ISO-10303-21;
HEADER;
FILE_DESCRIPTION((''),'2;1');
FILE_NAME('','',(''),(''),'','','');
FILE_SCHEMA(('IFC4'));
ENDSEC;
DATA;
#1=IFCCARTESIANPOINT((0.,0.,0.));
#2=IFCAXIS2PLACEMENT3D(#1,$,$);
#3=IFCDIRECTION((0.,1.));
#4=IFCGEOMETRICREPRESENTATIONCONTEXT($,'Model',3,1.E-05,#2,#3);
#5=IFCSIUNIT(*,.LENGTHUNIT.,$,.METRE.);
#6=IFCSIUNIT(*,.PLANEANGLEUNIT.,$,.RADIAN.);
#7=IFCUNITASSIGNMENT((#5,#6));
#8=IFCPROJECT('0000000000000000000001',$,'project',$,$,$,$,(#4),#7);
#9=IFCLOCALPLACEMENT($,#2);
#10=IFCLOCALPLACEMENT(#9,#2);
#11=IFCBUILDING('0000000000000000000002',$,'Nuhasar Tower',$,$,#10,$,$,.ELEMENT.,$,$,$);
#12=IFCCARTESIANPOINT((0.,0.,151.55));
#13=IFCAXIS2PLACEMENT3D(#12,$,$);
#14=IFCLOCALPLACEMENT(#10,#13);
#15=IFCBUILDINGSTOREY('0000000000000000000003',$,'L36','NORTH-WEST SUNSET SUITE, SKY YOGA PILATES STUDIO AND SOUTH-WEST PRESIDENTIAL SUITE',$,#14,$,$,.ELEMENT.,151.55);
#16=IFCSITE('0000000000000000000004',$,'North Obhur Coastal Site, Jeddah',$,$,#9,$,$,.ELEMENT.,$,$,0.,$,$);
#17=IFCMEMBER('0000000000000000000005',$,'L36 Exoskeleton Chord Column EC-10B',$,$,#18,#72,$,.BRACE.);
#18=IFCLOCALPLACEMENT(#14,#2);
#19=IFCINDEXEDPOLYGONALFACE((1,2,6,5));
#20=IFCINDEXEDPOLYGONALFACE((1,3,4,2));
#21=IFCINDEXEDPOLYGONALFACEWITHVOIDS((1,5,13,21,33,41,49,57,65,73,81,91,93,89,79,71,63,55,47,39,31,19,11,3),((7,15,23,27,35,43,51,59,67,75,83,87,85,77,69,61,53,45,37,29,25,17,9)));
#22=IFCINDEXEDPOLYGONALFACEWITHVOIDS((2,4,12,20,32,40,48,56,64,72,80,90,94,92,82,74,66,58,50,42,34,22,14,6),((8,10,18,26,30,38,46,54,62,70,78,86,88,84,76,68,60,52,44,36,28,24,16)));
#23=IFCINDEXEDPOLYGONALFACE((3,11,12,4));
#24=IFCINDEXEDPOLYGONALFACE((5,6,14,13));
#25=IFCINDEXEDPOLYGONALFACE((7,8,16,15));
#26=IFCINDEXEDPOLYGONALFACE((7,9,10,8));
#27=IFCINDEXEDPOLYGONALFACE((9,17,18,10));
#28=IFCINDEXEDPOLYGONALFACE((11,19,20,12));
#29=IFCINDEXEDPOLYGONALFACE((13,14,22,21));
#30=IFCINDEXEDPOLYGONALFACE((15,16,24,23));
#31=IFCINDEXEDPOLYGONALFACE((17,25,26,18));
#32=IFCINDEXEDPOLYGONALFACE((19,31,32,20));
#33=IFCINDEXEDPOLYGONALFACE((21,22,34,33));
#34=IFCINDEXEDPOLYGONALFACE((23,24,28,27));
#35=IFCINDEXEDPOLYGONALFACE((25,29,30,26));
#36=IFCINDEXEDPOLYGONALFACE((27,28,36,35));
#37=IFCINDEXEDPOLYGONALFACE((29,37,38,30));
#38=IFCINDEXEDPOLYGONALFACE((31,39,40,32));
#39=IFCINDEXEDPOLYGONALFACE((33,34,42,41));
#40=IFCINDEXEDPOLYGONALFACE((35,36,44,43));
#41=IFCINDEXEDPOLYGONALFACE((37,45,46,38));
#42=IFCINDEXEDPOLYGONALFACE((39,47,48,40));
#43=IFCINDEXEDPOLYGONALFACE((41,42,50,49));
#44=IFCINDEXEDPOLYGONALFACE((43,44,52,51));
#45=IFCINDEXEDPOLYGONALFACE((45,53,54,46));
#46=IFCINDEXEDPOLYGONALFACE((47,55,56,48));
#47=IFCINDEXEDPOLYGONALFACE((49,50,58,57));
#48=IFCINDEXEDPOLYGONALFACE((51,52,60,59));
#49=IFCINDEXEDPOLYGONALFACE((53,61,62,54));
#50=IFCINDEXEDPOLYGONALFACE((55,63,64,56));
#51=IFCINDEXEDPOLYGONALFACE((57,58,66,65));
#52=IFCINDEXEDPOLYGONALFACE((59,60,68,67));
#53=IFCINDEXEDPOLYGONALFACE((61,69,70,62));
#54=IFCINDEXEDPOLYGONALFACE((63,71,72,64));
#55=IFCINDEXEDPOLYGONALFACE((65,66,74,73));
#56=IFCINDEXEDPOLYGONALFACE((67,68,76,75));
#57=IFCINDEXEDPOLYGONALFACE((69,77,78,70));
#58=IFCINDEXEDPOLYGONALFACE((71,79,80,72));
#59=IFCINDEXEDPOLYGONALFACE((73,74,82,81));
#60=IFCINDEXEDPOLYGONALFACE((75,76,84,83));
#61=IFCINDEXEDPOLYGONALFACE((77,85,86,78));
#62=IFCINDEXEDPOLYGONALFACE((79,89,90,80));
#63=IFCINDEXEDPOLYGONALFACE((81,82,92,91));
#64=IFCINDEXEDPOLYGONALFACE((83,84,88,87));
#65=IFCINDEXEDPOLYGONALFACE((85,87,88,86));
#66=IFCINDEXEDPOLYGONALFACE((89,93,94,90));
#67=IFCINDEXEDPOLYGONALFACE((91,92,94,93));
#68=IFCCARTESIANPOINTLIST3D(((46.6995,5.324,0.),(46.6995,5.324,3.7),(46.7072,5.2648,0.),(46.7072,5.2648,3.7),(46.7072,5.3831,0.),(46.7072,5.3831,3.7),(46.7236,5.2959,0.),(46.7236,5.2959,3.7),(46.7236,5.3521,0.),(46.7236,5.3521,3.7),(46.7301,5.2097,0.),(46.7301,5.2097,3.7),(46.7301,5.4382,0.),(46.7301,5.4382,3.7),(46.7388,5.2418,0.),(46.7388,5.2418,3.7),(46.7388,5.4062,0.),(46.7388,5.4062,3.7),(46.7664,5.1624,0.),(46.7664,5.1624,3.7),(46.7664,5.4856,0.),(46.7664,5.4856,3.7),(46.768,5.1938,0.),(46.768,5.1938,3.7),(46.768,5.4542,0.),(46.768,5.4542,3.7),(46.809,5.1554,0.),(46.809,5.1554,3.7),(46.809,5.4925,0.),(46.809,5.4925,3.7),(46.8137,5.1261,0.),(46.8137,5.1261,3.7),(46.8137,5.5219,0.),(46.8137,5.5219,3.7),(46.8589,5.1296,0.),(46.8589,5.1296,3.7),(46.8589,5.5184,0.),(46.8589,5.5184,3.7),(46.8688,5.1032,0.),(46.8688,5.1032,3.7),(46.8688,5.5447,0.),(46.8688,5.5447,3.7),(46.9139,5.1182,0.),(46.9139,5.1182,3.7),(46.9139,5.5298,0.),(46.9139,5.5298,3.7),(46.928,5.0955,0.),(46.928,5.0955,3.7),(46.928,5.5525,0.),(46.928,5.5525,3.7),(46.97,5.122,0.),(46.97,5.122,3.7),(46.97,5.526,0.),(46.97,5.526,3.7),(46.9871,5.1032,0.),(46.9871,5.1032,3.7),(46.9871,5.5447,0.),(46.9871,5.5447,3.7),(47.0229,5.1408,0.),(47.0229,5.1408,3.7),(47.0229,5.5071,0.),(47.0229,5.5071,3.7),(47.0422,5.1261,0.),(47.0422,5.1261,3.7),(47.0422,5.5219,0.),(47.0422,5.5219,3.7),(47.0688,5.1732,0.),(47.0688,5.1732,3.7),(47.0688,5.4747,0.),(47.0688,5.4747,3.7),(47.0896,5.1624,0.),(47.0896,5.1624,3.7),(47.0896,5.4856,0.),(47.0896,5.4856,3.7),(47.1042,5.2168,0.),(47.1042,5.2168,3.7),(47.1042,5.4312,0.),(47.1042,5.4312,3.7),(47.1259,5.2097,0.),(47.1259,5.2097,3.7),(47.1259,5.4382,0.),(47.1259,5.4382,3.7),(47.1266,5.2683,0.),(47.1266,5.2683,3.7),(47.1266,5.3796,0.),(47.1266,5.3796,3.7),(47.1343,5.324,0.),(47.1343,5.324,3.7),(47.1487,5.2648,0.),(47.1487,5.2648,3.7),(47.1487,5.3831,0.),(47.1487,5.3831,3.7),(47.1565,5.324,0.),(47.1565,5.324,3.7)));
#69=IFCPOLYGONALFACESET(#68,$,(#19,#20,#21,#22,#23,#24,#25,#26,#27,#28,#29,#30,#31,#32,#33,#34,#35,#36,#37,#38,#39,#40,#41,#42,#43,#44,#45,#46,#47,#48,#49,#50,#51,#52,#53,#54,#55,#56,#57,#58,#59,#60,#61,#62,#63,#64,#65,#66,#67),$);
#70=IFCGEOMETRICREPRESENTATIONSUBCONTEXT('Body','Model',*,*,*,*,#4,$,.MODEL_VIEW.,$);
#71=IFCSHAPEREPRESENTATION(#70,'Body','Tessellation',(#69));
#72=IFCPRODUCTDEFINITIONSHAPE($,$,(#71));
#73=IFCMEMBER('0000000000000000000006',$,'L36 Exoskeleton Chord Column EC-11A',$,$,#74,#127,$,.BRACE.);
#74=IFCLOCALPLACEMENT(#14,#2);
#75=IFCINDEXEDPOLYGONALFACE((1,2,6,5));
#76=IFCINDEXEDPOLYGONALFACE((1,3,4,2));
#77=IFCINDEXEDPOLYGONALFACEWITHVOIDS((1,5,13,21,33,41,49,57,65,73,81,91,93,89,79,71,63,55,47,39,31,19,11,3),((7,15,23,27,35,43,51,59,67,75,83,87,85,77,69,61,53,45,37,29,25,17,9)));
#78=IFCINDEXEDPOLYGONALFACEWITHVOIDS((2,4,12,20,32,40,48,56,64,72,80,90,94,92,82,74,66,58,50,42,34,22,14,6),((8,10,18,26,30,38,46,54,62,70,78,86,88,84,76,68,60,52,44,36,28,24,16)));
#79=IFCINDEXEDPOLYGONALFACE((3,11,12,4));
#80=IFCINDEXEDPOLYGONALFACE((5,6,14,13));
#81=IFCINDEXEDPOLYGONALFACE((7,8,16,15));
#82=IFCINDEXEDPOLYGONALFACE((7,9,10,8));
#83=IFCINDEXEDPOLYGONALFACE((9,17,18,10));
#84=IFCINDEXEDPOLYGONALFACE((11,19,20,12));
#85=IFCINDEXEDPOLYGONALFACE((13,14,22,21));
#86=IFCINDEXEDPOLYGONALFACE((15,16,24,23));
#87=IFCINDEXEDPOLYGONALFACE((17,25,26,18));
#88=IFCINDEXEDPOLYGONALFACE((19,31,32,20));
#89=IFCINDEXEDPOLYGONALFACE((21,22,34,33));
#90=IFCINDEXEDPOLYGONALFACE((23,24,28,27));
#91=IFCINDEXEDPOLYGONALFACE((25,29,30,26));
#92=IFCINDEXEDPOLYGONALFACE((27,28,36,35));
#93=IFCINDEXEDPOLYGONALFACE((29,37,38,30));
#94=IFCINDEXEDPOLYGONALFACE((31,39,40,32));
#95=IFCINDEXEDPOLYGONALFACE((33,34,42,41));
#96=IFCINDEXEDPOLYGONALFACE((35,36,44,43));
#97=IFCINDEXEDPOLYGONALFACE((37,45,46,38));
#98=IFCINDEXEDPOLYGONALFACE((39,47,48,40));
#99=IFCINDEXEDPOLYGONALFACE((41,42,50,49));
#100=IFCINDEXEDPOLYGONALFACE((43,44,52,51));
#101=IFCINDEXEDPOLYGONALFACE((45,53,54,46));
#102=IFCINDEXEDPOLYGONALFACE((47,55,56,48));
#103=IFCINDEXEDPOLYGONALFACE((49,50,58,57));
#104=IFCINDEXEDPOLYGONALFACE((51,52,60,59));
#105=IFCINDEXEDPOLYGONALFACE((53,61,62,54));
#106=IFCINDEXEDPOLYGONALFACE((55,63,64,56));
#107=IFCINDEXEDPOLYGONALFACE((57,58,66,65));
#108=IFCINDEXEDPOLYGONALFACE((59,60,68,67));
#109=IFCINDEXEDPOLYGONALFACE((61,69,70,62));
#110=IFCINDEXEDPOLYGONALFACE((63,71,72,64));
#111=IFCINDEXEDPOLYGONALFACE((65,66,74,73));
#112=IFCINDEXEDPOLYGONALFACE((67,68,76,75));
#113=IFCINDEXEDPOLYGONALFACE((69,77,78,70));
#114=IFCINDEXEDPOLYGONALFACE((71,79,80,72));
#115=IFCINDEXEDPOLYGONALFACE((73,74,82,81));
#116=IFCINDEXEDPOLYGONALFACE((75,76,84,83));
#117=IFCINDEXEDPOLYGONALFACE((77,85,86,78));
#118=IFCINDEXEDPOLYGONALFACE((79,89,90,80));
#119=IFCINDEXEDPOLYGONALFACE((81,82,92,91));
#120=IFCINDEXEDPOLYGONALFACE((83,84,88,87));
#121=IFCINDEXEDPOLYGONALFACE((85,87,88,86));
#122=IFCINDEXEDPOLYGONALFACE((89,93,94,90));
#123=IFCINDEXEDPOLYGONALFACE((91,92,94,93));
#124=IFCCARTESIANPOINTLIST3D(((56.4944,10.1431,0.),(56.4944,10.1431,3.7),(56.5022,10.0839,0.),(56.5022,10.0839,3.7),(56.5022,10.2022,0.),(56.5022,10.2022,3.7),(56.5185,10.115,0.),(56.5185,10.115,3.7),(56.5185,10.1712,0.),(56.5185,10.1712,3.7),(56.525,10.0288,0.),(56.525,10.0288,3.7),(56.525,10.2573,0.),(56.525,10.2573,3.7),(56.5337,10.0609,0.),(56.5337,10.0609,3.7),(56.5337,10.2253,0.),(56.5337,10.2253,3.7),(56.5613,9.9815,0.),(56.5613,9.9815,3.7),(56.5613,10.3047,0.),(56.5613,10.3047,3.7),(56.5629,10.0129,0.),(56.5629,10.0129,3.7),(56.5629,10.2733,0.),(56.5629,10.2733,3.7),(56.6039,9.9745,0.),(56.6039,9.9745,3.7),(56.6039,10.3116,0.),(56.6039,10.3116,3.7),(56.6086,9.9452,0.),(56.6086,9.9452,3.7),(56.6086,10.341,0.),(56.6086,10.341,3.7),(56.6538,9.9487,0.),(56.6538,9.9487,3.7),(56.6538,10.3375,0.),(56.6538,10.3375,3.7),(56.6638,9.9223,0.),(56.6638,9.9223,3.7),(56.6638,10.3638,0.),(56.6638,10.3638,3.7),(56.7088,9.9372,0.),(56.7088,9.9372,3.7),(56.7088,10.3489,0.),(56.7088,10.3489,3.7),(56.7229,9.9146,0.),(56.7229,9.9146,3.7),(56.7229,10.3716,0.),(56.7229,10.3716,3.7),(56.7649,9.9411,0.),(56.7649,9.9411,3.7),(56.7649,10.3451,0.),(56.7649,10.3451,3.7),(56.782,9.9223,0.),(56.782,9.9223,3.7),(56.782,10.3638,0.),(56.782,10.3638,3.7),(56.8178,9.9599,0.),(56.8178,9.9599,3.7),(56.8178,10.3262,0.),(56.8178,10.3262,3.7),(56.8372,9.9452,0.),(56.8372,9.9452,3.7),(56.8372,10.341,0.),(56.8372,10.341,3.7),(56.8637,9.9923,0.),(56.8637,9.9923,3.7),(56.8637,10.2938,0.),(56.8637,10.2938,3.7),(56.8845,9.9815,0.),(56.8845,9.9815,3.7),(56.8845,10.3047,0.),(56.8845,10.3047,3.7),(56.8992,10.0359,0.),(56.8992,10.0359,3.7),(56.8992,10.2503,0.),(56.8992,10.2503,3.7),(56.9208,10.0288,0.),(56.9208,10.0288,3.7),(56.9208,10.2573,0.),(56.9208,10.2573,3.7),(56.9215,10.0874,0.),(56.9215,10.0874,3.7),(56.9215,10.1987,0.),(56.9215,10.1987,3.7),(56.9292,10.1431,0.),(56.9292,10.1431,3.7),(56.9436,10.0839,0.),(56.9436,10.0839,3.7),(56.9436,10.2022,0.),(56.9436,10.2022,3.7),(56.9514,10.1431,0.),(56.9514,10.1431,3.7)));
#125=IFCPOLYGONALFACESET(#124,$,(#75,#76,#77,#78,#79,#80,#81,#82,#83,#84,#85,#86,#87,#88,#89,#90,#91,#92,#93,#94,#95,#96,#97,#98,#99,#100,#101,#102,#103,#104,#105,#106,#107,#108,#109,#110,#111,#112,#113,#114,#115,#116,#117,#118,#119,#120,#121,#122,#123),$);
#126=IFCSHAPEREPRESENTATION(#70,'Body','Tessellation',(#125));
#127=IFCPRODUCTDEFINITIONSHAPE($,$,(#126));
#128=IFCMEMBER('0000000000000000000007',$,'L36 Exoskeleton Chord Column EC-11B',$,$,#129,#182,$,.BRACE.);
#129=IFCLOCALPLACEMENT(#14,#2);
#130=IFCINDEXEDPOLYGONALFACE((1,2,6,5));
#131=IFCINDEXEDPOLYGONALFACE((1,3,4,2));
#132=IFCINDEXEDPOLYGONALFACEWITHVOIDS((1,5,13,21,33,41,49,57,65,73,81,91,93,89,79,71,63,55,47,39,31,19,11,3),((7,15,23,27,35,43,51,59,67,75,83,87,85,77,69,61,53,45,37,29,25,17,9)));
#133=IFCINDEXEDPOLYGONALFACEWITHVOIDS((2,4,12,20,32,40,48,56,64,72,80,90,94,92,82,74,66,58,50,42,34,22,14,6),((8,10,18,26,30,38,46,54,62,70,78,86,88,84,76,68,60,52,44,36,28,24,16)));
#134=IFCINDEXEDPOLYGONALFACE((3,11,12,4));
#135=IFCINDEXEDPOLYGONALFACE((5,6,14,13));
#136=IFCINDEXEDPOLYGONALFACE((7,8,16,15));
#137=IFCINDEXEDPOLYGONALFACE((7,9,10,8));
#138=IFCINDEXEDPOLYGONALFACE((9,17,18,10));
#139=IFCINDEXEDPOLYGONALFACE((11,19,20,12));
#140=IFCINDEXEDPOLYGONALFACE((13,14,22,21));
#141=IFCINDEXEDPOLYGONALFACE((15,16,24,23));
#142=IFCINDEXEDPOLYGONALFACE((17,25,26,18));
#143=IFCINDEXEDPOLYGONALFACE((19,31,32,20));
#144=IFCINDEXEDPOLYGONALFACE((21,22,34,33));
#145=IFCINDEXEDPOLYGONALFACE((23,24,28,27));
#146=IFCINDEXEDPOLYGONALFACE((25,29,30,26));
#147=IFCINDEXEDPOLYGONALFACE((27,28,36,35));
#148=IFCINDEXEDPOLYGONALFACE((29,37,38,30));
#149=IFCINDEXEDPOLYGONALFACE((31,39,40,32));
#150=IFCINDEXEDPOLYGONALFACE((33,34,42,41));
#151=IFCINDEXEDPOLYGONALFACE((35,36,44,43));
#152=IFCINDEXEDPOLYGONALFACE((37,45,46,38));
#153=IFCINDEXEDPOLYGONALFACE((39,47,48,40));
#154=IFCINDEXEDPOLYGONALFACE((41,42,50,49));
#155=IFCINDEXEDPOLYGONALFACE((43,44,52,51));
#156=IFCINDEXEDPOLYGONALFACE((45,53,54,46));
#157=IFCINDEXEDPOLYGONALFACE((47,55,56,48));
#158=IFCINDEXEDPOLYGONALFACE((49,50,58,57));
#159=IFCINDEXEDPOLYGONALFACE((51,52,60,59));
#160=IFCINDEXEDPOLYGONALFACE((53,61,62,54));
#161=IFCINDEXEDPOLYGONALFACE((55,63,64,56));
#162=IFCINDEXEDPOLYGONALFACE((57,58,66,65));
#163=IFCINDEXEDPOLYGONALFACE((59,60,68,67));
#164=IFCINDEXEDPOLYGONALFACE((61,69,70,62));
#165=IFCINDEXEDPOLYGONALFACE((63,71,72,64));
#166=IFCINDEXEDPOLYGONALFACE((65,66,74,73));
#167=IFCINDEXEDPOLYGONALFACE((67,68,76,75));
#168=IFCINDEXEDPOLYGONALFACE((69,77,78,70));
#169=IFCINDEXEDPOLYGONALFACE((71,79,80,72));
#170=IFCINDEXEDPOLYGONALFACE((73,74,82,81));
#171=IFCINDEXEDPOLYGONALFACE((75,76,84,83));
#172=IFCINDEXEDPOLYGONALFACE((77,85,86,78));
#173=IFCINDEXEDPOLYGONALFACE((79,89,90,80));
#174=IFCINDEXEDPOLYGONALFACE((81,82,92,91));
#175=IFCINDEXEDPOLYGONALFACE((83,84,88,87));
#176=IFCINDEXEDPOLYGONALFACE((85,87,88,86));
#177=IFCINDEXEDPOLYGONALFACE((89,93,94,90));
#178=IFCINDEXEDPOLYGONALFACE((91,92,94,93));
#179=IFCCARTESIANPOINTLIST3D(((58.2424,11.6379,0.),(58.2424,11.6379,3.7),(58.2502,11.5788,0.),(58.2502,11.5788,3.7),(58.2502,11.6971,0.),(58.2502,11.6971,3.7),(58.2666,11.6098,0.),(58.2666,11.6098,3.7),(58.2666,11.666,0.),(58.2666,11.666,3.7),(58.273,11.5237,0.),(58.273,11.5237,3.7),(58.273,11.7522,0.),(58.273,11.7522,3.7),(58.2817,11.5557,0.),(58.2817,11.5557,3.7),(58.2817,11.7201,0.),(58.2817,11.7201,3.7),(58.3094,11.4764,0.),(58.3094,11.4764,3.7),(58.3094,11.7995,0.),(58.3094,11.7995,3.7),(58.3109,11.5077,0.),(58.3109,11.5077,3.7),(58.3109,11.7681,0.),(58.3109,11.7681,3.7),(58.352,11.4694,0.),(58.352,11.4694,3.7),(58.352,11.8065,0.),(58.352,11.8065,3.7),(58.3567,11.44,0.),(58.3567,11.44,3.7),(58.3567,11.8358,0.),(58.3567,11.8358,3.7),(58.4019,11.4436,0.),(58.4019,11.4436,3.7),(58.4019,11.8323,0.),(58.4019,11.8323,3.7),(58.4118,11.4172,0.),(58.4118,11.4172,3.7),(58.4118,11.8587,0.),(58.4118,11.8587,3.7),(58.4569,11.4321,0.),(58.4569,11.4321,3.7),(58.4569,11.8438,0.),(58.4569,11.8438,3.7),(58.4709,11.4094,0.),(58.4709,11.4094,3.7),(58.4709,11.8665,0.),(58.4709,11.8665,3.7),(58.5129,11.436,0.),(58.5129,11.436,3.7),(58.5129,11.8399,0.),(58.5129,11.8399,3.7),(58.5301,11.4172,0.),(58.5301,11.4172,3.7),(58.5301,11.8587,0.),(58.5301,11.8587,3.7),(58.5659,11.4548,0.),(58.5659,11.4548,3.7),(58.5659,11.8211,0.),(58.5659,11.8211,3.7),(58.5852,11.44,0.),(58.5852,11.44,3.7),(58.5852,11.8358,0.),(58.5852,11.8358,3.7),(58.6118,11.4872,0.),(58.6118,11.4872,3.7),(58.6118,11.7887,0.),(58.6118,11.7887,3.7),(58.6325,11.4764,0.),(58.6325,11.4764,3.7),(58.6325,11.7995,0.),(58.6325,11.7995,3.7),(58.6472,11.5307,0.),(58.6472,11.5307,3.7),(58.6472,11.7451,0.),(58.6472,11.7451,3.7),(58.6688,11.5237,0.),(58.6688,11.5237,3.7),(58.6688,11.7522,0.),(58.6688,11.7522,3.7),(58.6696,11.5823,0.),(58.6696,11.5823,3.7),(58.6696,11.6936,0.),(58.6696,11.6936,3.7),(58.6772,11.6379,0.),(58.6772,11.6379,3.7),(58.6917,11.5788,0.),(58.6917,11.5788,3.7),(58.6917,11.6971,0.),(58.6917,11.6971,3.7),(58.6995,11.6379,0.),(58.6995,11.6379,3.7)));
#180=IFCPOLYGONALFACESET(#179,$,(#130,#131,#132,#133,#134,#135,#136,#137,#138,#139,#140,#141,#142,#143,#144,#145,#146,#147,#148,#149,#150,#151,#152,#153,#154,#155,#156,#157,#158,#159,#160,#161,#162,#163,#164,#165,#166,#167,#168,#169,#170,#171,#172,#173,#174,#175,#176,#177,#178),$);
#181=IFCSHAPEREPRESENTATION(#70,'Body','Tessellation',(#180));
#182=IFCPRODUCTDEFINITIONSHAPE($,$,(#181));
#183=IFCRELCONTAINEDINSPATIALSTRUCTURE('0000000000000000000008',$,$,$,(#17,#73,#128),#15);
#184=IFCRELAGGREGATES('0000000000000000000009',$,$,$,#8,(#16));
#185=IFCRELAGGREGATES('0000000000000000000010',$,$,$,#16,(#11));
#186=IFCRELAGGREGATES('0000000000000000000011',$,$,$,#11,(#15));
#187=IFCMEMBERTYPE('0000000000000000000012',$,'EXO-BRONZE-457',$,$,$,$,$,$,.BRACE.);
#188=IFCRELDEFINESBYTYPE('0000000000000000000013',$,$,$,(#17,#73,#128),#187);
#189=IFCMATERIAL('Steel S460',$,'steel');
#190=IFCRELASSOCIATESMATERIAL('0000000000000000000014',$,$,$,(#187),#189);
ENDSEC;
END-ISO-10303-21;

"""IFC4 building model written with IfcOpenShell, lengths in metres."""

from ifc_helpers import new_model, si_unit, direction, frame, origin, origin_2d, place, context, subcontext, project, spatial, hollow_circle, extrude, material, material_profile, profile_set, type_object, element, save


model = new_model("IFC4")

# Units and contexts
model_context = context("Model", 3, precision=1e-05, world=origin(), true_north=direction((0.0, 1.0)))
body_context = subcontext(model_context, "Body", "Model", "MODEL_VIEW")
ifc_project = project(units=[si_unit("LENGTHUNIT", "METRE"), si_unit("PLANEANGLEUNIT", "RADIAN")], contexts=[model_context])

# Site, building, storey
site_placement = place(None, origin())
site = spatial("IfcSite", under=ifc_project, at=site_placement, Name="North Obhur Coastal Site, Jeddah", CompositionType="ELEMENT", RefElevation=0.0)
building_placement = place(site_placement, origin())
building = spatial("IfcBuilding", under=site, at=building_placement, Name="Nuhasar Tower", CompositionType="ELEMENT")
storey_placement = place(building_placement, frame((0.0, 0.0, 151.55)))
storey = spatial("IfcBuildingStorey", under=building, at=storey_placement, Name="L36", Description="NORTH-WEST SUNSET SUITE, SKY YOGA PILATES STUDIO AND SOUTH-WEST PRESIDENTIAL SUITE", CompositionType="ELEMENT", Elevation=151.55)

# Members
ifc_material_1 = material(Name="Steel S460", Category="steel")
ifc_material_profile_1 = material_profile(ifc_material_1, hollow_circle(Radius=0.2285, WallThickness=0.0222, at=origin_2d()), Name="HSS457X22.2")
ifc_profile_set_1 = profile_set([ifc_material_profile_1], Name="Steel S460")
member_type_1 = type_object("IfcMemberType", Name="EXO-BRONZE-457", PredefinedType="BRACE", material=ifc_profile_set_1)
for number, where, z_axis, x_axis, name in (
    (1, (46.928, 5.324, 0.0), (0.0, 0.0, 1.0), (1.0, 0.0, 0.0), "L36 Exoskeleton Chord Column EC-10B"),
    (2, (56.7229, 10.1431, 0.0), (0.0, 0.0, 1.0), (1.0, 0.0, 0.0), "L36 Exoskeleton Chord Column EC-11A"),
    (3, (58.4709, 11.6379, 0.0), (0.0, 0.0, 1.0), (1.0, 0.0, 0.0), "L36 Exoskeleton Chord Column EC-11B"),
):
    element("IfcMember", number, at=place(storey_placement, frame(where, z_axis=z_axis, x_axis=x_axis)), inside=storey, type_object=member_type_1, Name=name, PredefinedType="BRACE", context=body_context, shape_type="SweptSolid", body=[
        extrude(hollow_circle(Radius=0.2285, WallThickness=0.0222, at=origin_2d()), origin(), (0.0, 0.0, 1.0), 3.7),
    ])

save(model, "model.ifc")
